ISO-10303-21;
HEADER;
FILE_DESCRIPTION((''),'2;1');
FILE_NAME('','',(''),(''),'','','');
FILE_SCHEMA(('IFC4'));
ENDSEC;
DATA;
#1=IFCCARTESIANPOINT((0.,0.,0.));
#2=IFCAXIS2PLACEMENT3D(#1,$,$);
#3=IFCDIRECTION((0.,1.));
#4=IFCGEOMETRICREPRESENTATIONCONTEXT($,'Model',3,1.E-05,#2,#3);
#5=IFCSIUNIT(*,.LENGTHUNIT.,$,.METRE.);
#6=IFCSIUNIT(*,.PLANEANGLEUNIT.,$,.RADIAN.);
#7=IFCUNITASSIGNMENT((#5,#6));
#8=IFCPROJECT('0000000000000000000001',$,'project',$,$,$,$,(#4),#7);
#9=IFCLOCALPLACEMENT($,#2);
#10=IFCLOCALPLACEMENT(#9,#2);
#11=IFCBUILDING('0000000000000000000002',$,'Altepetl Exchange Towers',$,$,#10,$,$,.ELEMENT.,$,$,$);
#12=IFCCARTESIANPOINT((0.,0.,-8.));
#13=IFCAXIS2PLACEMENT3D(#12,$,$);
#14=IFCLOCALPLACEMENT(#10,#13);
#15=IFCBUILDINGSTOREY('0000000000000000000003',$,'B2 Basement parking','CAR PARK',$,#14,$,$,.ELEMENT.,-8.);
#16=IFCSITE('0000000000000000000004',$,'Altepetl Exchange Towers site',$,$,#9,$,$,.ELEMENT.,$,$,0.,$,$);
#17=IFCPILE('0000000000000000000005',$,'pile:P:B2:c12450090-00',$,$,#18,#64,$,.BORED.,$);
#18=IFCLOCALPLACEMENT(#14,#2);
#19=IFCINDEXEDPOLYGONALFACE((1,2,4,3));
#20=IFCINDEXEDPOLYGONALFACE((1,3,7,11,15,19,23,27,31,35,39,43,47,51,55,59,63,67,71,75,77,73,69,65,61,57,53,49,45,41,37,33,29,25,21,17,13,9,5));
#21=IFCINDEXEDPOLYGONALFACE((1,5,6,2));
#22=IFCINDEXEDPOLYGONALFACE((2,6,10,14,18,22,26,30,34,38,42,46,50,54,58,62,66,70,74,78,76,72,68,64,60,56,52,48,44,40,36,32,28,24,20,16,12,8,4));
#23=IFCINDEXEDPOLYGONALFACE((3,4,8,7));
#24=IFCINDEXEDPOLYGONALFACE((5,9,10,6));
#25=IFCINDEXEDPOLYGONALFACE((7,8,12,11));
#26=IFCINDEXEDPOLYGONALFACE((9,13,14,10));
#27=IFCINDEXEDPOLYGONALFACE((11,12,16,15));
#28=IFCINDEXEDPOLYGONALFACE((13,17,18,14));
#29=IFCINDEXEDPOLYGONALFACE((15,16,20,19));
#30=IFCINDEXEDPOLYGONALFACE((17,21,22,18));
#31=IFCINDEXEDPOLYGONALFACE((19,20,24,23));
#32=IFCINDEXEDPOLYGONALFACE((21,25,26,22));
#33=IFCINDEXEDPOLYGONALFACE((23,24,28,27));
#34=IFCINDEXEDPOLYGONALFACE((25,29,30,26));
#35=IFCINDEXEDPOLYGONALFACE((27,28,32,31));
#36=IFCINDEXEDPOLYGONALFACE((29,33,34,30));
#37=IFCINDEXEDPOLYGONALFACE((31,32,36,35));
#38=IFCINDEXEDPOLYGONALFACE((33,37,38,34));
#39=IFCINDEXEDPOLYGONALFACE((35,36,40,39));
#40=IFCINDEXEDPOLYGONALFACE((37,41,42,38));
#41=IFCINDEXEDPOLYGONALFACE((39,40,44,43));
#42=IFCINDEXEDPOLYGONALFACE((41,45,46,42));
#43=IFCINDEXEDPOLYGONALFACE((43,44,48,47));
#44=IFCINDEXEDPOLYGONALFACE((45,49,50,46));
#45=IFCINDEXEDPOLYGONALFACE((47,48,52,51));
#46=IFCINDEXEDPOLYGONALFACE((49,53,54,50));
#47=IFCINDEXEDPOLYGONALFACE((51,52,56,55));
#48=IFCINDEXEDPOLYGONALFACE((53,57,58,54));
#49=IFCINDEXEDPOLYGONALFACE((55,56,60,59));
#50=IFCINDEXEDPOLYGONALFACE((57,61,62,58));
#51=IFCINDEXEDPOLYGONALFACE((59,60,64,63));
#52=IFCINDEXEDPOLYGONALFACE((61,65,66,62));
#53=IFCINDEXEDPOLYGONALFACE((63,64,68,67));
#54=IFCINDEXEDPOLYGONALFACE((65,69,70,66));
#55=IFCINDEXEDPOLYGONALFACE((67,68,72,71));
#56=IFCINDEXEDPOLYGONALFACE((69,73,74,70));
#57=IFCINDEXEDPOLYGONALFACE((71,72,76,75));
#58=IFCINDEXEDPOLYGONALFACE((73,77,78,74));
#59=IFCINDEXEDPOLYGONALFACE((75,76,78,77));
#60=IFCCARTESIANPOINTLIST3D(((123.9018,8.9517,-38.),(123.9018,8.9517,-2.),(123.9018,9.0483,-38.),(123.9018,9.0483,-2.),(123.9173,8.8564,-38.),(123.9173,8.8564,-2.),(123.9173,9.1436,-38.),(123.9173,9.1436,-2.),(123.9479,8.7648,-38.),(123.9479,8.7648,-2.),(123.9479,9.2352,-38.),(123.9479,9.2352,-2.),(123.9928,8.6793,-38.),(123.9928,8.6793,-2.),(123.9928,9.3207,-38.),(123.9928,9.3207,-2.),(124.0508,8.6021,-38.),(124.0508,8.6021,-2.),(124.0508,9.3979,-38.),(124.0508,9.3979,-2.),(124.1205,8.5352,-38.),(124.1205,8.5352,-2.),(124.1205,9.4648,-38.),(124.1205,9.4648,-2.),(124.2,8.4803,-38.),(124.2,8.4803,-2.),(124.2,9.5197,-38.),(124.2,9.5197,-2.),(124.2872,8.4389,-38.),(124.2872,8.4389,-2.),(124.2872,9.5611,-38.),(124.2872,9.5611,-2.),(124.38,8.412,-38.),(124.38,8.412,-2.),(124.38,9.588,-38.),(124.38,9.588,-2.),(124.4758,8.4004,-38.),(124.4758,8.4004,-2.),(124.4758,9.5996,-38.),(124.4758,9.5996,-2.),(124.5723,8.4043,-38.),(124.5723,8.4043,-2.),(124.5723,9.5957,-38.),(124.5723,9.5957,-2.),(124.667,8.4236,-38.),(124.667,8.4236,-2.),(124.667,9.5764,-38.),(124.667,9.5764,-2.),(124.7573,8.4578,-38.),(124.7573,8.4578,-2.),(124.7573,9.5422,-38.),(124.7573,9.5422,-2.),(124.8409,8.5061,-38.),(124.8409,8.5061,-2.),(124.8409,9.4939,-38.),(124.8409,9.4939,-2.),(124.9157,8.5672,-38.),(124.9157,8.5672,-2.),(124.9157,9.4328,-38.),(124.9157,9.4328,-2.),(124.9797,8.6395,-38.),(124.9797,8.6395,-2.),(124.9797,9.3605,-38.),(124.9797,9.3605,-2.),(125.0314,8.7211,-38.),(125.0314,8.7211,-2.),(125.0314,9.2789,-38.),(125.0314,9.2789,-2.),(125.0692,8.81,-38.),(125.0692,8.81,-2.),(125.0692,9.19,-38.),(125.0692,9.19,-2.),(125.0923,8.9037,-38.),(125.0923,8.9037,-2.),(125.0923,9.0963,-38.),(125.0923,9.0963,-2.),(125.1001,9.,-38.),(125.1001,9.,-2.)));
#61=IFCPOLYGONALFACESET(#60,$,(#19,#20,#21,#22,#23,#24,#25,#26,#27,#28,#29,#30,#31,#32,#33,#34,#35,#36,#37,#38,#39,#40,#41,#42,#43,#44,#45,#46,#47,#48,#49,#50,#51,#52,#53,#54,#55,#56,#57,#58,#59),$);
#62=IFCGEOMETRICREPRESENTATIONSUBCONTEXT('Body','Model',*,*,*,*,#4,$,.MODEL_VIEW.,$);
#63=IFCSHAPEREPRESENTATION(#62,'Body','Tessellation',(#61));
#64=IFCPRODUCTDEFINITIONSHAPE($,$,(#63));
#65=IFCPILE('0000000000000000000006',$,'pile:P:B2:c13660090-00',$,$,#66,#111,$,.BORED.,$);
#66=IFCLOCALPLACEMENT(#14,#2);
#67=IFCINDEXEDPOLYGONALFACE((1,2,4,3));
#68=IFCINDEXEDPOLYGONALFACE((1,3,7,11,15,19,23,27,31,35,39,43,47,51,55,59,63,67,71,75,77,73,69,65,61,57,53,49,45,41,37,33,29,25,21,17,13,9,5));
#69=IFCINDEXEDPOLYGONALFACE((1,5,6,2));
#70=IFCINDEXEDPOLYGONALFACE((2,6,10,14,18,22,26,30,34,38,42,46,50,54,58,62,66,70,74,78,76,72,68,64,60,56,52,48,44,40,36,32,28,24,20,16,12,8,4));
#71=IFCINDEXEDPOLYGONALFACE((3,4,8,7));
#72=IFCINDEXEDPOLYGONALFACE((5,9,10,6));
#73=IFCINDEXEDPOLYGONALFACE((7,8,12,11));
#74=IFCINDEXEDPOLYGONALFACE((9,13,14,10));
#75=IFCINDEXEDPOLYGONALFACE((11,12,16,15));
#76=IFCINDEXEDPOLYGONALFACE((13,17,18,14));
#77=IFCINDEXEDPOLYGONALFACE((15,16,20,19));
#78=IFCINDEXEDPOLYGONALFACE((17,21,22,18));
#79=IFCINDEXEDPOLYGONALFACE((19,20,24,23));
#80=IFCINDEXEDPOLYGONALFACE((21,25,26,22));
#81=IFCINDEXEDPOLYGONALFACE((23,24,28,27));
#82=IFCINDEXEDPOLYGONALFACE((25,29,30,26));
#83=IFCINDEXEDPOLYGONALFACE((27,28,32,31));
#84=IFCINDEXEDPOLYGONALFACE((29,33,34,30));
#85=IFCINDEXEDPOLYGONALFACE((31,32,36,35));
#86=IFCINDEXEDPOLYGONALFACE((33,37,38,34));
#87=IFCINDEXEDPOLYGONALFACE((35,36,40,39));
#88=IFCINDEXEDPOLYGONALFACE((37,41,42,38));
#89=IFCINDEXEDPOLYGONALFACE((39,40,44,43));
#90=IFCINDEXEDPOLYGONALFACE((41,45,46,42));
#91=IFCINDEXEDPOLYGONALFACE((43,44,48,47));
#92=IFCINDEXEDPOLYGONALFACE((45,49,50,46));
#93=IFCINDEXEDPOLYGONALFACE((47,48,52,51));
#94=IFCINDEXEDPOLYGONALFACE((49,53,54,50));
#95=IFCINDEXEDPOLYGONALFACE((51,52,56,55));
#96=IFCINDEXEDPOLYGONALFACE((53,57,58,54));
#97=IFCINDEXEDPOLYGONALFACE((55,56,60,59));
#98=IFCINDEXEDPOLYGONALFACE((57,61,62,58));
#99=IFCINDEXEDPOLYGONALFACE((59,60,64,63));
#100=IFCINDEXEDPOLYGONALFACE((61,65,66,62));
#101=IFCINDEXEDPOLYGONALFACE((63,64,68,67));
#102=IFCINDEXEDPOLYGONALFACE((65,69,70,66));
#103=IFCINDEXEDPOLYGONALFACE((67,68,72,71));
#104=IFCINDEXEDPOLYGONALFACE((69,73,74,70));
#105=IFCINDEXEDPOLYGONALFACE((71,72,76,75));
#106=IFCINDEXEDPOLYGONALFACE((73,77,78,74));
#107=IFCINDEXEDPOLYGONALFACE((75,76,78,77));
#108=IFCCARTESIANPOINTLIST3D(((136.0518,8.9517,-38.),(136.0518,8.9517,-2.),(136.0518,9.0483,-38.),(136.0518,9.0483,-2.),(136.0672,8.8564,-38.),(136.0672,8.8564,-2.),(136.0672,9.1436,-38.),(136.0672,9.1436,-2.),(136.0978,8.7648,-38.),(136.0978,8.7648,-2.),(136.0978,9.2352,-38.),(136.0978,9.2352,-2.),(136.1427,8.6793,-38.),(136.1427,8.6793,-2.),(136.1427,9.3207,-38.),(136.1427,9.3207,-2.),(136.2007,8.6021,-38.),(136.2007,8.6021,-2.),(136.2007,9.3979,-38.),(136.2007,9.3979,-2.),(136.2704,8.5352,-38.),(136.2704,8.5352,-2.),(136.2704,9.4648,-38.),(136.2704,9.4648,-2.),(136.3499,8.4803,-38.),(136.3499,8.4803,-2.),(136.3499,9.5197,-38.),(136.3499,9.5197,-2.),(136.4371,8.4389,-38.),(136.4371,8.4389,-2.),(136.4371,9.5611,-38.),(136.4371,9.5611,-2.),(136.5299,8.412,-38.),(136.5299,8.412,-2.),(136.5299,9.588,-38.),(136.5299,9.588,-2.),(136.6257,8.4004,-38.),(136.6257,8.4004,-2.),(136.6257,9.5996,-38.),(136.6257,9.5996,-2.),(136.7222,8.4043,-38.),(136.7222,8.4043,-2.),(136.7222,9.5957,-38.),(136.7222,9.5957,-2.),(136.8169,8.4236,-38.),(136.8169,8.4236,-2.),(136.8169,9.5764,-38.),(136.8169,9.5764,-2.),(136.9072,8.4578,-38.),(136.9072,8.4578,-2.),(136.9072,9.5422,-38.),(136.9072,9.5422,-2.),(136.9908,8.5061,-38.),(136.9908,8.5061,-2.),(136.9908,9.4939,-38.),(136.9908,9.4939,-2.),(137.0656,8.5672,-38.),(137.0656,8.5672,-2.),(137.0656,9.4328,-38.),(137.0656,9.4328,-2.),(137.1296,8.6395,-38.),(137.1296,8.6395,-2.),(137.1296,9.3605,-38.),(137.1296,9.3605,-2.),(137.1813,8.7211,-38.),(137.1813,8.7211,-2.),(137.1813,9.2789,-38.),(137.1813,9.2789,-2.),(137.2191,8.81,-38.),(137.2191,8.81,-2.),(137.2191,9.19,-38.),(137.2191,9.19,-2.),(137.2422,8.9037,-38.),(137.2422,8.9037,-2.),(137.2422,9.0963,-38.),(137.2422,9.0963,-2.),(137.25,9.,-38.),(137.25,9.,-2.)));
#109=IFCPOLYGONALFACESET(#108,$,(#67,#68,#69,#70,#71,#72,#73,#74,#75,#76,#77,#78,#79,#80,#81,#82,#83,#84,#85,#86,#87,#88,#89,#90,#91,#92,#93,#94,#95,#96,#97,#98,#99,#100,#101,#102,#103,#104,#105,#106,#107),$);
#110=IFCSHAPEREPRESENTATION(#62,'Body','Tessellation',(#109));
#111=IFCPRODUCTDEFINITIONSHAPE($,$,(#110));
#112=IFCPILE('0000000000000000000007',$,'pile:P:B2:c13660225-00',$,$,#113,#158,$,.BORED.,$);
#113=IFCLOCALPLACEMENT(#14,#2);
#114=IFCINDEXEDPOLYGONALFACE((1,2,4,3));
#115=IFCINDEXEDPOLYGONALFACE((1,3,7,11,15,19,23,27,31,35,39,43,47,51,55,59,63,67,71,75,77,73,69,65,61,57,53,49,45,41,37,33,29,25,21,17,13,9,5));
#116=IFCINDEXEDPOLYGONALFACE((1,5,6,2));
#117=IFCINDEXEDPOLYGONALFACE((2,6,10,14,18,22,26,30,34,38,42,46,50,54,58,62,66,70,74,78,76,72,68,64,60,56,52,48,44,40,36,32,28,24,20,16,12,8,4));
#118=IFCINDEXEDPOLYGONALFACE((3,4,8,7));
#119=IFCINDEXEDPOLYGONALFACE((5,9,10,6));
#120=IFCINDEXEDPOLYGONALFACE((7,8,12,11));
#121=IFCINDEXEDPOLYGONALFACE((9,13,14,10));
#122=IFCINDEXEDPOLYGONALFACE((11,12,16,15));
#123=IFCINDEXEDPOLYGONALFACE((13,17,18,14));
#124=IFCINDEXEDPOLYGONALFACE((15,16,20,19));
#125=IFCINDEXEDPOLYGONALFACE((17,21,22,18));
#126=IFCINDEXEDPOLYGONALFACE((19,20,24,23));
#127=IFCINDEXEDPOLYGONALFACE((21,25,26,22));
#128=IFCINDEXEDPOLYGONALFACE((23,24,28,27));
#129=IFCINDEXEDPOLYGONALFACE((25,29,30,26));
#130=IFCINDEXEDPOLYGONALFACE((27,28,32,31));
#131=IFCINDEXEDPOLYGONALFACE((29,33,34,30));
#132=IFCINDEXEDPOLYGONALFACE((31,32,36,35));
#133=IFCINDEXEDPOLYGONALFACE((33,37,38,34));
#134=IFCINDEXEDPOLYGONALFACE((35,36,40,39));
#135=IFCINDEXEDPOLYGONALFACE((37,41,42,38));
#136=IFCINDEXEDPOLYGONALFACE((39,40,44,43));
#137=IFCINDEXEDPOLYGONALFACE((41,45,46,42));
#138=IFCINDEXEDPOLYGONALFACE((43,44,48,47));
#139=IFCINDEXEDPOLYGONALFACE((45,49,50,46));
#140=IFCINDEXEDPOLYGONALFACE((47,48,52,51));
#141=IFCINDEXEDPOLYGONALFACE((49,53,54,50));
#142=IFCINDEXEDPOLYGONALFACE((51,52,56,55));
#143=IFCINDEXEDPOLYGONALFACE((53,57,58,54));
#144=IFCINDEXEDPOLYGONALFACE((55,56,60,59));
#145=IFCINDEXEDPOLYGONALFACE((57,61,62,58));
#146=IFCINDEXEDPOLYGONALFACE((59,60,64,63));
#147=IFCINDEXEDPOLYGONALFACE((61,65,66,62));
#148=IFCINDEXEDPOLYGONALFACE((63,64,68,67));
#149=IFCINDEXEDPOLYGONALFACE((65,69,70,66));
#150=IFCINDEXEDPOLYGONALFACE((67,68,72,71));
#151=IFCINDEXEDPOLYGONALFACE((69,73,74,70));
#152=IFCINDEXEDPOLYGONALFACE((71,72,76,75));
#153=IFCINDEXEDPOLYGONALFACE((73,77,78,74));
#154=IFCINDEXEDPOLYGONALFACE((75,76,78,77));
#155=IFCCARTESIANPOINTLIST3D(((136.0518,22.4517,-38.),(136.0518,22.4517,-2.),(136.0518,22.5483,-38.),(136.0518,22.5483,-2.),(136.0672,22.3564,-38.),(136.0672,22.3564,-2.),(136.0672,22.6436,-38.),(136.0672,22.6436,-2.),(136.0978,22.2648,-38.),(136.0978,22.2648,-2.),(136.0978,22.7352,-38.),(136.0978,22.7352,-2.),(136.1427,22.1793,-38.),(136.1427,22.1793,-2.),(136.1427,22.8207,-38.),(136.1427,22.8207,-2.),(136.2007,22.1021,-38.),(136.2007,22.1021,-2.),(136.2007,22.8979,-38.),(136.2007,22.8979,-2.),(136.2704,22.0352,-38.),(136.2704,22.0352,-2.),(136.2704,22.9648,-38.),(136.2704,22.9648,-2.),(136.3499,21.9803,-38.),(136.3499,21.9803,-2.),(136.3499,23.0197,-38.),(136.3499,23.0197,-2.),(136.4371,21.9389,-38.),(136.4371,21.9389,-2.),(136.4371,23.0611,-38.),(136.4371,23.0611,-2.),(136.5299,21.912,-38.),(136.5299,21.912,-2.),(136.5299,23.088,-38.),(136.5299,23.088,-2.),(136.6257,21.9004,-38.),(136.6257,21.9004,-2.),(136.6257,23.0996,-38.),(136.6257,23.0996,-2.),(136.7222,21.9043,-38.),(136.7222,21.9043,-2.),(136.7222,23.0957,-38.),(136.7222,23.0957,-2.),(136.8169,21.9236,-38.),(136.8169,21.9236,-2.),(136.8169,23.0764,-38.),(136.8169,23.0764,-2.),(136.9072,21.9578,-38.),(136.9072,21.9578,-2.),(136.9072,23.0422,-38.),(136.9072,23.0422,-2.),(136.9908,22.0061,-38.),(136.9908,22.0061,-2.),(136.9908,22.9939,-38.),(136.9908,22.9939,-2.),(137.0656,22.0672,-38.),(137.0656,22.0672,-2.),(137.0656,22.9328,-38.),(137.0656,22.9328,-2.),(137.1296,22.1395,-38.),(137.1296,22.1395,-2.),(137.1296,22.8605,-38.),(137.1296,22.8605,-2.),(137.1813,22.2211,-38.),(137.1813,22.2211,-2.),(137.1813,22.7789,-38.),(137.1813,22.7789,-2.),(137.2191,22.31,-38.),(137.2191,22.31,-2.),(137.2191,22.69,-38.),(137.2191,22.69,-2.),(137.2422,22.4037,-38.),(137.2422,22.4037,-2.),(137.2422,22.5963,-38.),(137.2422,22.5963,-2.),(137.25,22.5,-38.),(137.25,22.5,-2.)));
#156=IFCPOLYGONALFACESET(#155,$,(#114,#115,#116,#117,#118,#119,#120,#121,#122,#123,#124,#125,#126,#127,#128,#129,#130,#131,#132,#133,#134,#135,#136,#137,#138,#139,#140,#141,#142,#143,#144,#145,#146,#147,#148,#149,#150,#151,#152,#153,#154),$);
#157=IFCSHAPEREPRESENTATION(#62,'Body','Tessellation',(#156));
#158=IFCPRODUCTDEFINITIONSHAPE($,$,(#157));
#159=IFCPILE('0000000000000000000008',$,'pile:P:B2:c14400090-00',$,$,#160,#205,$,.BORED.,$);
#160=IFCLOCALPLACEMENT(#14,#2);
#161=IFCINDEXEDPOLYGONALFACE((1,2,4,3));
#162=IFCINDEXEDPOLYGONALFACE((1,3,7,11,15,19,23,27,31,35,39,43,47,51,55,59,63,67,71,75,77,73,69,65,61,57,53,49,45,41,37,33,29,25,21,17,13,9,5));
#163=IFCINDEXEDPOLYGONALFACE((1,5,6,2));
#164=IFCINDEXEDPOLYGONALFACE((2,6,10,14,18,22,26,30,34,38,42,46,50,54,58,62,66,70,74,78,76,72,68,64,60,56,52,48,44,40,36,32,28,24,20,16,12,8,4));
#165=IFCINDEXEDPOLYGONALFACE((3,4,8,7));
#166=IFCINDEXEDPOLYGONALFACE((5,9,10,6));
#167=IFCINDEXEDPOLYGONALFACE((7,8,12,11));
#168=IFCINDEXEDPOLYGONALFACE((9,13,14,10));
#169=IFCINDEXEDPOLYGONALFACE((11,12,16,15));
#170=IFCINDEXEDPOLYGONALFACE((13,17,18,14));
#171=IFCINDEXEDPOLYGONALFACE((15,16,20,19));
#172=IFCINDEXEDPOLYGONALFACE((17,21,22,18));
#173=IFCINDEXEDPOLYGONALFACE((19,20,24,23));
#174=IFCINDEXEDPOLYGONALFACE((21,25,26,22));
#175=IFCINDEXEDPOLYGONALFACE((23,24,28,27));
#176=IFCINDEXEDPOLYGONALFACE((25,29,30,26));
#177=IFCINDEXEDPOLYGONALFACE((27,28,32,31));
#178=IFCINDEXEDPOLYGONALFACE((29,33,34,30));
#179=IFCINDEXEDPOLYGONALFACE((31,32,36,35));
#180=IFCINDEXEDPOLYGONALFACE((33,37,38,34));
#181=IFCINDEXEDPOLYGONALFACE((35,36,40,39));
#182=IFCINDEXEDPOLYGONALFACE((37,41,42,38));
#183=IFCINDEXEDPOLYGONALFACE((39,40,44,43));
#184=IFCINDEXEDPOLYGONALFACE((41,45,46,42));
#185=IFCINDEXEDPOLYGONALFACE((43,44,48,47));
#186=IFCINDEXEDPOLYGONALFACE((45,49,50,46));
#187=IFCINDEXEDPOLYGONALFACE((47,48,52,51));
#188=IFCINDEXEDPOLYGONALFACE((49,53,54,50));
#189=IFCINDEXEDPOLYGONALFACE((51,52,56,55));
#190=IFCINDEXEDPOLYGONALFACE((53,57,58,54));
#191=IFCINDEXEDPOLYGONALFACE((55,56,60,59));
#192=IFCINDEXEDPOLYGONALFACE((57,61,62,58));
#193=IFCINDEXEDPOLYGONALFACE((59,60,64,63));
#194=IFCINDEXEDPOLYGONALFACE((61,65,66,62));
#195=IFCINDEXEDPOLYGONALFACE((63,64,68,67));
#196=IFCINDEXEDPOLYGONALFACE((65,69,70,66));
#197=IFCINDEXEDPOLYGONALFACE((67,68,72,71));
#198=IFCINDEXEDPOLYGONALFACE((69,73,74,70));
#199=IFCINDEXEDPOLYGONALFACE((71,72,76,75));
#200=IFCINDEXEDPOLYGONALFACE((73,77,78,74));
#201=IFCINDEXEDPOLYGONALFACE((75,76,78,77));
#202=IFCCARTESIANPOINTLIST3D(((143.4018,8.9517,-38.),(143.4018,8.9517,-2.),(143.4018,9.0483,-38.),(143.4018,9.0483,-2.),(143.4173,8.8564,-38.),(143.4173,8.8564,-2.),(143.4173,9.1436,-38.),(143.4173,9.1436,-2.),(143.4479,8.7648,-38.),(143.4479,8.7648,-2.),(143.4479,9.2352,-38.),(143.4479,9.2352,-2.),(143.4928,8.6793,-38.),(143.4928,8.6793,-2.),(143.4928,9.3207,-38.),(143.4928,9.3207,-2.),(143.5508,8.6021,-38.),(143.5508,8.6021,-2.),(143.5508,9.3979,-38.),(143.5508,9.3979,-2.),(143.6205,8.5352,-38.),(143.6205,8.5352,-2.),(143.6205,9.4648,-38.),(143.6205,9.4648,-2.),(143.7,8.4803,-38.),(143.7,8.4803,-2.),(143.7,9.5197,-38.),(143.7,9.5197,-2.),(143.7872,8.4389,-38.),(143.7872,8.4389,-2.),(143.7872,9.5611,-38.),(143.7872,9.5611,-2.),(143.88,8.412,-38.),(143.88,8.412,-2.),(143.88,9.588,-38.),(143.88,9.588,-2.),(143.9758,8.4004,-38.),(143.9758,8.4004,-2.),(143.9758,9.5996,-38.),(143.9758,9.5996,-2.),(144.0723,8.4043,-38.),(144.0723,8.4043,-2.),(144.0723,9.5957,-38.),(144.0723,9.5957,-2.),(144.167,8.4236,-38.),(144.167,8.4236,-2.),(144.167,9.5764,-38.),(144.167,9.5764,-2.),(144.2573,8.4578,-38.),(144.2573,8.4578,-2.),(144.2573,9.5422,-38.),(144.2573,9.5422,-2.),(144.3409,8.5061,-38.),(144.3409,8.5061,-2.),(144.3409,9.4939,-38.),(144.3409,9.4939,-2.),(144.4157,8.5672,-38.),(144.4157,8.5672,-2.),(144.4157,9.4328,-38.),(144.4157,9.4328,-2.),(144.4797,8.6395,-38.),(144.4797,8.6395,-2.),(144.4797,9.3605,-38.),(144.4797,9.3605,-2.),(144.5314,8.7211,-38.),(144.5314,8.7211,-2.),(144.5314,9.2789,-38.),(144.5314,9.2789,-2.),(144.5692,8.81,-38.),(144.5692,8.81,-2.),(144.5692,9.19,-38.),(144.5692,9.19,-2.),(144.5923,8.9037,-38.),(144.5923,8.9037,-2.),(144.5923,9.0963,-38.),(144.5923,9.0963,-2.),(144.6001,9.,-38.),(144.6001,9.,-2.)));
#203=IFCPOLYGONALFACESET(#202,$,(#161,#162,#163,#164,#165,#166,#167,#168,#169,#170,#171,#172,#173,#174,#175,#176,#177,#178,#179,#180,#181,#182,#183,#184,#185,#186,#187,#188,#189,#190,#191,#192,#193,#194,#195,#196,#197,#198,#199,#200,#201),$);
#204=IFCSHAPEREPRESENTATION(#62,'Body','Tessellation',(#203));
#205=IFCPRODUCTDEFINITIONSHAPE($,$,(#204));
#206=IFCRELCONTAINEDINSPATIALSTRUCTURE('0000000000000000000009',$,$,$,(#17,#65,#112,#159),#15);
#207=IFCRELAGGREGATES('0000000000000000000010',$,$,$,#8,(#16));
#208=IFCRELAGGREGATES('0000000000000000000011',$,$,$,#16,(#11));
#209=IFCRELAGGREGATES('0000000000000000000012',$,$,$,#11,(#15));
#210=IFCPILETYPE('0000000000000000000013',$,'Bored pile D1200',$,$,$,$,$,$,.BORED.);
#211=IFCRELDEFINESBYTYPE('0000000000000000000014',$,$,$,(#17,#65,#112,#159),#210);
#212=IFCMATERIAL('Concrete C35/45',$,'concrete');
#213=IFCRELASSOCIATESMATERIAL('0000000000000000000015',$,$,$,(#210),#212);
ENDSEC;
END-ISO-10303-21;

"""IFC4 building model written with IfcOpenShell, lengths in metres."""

from ifc_helpers import new_model, si_unit, direction, frame, origin, origin_2d, place, context, subcontext, project, spatial, circle, extrude, material, material_profile, profile_set, type_object, element, save


model = new_model("IFC4")

# Units and contexts
model_context = context("Model", 3, precision=1e-05, world=origin(), true_north=direction((0.0, 1.0)))
body_context = subcontext(model_context, "Body", "Model", "MODEL_VIEW")
ifc_project = project(units=[si_unit("LENGTHUNIT", "METRE"), si_unit("PLANEANGLEUNIT", "RADIAN")], contexts=[model_context])

# Site, building, storey
site_placement = place(None, origin())
site = spatial("IfcSite", under=ifc_project, at=site_placement, Name="Altepetl Exchange Towers site", CompositionType="ELEMENT", RefElevation=0.0)
building_placement = place(site_placement, origin())
building = spatial("IfcBuilding", under=site, at=building_placement, Name="Altepetl Exchange Towers", CompositionType="ELEMENT")
storey_placement = place(building_placement, frame((0.0, 0.0, -8.0)))
storey = spatial("IfcBuildingStorey", under=building, at=storey_placement, Name="B2 Basement parking", Description="CAR PARK", CompositionType="ELEMENT", Elevation=-8.0)

# Piles
ifc_material_1 = material(Name="Concrete C35/45", Category="concrete")
ifc_material_profile_1 = material_profile(ifc_material_1, circle(Radius=0.6001, at=origin_2d()), Name="D1200")
ifc_profile_set_1 = profile_set([ifc_material_profile_1], Name="Concrete C35/45")
pile_type_1 = type_object("IfcPileType", Name="Bored pile D1200", PredefinedType="BORED", material=ifc_profile_set_1)
for number, where, z_axis, x_axis, name in (
    (1, (124.5, 9.0, -2.0), (0.0, 0.0, -1.0), (1.0, 0.0, 0.0), "pile:P:B2:c12450090-00"),
    (2, (136.6499, 9.0, -2.0), (0.0, 0.0, -1.0), (1.0, 0.0, 0.0), "pile:P:B2:c13660090-00"),
    (3, (136.6499, 22.5, -2.0), (0.0, 0.0, -1.0), (1.0, 0.0, 0.0), "pile:P:B2:c13660225-00"),
    (4, (144.0, 9.0, -2.0), (0.0, 0.0, -1.0), (1.0, 0.0, 0.0), "pile:P:B2:c14400090-00"),
):
    element("IfcPile", number, at=place(storey_placement, frame(where, z_axis=z_axis, x_axis=x_axis)), inside=storey, type_object=pile_type_1, Name=name, PredefinedType="BORED", context=body_context, shape_type="SweptSolid", body=[
        extrude(circle(Radius=0.6001, at=origin_2d()), origin(), (0.0, 0.0, 1.0), 36.0),
    ])

save(model, "model.ifc")
